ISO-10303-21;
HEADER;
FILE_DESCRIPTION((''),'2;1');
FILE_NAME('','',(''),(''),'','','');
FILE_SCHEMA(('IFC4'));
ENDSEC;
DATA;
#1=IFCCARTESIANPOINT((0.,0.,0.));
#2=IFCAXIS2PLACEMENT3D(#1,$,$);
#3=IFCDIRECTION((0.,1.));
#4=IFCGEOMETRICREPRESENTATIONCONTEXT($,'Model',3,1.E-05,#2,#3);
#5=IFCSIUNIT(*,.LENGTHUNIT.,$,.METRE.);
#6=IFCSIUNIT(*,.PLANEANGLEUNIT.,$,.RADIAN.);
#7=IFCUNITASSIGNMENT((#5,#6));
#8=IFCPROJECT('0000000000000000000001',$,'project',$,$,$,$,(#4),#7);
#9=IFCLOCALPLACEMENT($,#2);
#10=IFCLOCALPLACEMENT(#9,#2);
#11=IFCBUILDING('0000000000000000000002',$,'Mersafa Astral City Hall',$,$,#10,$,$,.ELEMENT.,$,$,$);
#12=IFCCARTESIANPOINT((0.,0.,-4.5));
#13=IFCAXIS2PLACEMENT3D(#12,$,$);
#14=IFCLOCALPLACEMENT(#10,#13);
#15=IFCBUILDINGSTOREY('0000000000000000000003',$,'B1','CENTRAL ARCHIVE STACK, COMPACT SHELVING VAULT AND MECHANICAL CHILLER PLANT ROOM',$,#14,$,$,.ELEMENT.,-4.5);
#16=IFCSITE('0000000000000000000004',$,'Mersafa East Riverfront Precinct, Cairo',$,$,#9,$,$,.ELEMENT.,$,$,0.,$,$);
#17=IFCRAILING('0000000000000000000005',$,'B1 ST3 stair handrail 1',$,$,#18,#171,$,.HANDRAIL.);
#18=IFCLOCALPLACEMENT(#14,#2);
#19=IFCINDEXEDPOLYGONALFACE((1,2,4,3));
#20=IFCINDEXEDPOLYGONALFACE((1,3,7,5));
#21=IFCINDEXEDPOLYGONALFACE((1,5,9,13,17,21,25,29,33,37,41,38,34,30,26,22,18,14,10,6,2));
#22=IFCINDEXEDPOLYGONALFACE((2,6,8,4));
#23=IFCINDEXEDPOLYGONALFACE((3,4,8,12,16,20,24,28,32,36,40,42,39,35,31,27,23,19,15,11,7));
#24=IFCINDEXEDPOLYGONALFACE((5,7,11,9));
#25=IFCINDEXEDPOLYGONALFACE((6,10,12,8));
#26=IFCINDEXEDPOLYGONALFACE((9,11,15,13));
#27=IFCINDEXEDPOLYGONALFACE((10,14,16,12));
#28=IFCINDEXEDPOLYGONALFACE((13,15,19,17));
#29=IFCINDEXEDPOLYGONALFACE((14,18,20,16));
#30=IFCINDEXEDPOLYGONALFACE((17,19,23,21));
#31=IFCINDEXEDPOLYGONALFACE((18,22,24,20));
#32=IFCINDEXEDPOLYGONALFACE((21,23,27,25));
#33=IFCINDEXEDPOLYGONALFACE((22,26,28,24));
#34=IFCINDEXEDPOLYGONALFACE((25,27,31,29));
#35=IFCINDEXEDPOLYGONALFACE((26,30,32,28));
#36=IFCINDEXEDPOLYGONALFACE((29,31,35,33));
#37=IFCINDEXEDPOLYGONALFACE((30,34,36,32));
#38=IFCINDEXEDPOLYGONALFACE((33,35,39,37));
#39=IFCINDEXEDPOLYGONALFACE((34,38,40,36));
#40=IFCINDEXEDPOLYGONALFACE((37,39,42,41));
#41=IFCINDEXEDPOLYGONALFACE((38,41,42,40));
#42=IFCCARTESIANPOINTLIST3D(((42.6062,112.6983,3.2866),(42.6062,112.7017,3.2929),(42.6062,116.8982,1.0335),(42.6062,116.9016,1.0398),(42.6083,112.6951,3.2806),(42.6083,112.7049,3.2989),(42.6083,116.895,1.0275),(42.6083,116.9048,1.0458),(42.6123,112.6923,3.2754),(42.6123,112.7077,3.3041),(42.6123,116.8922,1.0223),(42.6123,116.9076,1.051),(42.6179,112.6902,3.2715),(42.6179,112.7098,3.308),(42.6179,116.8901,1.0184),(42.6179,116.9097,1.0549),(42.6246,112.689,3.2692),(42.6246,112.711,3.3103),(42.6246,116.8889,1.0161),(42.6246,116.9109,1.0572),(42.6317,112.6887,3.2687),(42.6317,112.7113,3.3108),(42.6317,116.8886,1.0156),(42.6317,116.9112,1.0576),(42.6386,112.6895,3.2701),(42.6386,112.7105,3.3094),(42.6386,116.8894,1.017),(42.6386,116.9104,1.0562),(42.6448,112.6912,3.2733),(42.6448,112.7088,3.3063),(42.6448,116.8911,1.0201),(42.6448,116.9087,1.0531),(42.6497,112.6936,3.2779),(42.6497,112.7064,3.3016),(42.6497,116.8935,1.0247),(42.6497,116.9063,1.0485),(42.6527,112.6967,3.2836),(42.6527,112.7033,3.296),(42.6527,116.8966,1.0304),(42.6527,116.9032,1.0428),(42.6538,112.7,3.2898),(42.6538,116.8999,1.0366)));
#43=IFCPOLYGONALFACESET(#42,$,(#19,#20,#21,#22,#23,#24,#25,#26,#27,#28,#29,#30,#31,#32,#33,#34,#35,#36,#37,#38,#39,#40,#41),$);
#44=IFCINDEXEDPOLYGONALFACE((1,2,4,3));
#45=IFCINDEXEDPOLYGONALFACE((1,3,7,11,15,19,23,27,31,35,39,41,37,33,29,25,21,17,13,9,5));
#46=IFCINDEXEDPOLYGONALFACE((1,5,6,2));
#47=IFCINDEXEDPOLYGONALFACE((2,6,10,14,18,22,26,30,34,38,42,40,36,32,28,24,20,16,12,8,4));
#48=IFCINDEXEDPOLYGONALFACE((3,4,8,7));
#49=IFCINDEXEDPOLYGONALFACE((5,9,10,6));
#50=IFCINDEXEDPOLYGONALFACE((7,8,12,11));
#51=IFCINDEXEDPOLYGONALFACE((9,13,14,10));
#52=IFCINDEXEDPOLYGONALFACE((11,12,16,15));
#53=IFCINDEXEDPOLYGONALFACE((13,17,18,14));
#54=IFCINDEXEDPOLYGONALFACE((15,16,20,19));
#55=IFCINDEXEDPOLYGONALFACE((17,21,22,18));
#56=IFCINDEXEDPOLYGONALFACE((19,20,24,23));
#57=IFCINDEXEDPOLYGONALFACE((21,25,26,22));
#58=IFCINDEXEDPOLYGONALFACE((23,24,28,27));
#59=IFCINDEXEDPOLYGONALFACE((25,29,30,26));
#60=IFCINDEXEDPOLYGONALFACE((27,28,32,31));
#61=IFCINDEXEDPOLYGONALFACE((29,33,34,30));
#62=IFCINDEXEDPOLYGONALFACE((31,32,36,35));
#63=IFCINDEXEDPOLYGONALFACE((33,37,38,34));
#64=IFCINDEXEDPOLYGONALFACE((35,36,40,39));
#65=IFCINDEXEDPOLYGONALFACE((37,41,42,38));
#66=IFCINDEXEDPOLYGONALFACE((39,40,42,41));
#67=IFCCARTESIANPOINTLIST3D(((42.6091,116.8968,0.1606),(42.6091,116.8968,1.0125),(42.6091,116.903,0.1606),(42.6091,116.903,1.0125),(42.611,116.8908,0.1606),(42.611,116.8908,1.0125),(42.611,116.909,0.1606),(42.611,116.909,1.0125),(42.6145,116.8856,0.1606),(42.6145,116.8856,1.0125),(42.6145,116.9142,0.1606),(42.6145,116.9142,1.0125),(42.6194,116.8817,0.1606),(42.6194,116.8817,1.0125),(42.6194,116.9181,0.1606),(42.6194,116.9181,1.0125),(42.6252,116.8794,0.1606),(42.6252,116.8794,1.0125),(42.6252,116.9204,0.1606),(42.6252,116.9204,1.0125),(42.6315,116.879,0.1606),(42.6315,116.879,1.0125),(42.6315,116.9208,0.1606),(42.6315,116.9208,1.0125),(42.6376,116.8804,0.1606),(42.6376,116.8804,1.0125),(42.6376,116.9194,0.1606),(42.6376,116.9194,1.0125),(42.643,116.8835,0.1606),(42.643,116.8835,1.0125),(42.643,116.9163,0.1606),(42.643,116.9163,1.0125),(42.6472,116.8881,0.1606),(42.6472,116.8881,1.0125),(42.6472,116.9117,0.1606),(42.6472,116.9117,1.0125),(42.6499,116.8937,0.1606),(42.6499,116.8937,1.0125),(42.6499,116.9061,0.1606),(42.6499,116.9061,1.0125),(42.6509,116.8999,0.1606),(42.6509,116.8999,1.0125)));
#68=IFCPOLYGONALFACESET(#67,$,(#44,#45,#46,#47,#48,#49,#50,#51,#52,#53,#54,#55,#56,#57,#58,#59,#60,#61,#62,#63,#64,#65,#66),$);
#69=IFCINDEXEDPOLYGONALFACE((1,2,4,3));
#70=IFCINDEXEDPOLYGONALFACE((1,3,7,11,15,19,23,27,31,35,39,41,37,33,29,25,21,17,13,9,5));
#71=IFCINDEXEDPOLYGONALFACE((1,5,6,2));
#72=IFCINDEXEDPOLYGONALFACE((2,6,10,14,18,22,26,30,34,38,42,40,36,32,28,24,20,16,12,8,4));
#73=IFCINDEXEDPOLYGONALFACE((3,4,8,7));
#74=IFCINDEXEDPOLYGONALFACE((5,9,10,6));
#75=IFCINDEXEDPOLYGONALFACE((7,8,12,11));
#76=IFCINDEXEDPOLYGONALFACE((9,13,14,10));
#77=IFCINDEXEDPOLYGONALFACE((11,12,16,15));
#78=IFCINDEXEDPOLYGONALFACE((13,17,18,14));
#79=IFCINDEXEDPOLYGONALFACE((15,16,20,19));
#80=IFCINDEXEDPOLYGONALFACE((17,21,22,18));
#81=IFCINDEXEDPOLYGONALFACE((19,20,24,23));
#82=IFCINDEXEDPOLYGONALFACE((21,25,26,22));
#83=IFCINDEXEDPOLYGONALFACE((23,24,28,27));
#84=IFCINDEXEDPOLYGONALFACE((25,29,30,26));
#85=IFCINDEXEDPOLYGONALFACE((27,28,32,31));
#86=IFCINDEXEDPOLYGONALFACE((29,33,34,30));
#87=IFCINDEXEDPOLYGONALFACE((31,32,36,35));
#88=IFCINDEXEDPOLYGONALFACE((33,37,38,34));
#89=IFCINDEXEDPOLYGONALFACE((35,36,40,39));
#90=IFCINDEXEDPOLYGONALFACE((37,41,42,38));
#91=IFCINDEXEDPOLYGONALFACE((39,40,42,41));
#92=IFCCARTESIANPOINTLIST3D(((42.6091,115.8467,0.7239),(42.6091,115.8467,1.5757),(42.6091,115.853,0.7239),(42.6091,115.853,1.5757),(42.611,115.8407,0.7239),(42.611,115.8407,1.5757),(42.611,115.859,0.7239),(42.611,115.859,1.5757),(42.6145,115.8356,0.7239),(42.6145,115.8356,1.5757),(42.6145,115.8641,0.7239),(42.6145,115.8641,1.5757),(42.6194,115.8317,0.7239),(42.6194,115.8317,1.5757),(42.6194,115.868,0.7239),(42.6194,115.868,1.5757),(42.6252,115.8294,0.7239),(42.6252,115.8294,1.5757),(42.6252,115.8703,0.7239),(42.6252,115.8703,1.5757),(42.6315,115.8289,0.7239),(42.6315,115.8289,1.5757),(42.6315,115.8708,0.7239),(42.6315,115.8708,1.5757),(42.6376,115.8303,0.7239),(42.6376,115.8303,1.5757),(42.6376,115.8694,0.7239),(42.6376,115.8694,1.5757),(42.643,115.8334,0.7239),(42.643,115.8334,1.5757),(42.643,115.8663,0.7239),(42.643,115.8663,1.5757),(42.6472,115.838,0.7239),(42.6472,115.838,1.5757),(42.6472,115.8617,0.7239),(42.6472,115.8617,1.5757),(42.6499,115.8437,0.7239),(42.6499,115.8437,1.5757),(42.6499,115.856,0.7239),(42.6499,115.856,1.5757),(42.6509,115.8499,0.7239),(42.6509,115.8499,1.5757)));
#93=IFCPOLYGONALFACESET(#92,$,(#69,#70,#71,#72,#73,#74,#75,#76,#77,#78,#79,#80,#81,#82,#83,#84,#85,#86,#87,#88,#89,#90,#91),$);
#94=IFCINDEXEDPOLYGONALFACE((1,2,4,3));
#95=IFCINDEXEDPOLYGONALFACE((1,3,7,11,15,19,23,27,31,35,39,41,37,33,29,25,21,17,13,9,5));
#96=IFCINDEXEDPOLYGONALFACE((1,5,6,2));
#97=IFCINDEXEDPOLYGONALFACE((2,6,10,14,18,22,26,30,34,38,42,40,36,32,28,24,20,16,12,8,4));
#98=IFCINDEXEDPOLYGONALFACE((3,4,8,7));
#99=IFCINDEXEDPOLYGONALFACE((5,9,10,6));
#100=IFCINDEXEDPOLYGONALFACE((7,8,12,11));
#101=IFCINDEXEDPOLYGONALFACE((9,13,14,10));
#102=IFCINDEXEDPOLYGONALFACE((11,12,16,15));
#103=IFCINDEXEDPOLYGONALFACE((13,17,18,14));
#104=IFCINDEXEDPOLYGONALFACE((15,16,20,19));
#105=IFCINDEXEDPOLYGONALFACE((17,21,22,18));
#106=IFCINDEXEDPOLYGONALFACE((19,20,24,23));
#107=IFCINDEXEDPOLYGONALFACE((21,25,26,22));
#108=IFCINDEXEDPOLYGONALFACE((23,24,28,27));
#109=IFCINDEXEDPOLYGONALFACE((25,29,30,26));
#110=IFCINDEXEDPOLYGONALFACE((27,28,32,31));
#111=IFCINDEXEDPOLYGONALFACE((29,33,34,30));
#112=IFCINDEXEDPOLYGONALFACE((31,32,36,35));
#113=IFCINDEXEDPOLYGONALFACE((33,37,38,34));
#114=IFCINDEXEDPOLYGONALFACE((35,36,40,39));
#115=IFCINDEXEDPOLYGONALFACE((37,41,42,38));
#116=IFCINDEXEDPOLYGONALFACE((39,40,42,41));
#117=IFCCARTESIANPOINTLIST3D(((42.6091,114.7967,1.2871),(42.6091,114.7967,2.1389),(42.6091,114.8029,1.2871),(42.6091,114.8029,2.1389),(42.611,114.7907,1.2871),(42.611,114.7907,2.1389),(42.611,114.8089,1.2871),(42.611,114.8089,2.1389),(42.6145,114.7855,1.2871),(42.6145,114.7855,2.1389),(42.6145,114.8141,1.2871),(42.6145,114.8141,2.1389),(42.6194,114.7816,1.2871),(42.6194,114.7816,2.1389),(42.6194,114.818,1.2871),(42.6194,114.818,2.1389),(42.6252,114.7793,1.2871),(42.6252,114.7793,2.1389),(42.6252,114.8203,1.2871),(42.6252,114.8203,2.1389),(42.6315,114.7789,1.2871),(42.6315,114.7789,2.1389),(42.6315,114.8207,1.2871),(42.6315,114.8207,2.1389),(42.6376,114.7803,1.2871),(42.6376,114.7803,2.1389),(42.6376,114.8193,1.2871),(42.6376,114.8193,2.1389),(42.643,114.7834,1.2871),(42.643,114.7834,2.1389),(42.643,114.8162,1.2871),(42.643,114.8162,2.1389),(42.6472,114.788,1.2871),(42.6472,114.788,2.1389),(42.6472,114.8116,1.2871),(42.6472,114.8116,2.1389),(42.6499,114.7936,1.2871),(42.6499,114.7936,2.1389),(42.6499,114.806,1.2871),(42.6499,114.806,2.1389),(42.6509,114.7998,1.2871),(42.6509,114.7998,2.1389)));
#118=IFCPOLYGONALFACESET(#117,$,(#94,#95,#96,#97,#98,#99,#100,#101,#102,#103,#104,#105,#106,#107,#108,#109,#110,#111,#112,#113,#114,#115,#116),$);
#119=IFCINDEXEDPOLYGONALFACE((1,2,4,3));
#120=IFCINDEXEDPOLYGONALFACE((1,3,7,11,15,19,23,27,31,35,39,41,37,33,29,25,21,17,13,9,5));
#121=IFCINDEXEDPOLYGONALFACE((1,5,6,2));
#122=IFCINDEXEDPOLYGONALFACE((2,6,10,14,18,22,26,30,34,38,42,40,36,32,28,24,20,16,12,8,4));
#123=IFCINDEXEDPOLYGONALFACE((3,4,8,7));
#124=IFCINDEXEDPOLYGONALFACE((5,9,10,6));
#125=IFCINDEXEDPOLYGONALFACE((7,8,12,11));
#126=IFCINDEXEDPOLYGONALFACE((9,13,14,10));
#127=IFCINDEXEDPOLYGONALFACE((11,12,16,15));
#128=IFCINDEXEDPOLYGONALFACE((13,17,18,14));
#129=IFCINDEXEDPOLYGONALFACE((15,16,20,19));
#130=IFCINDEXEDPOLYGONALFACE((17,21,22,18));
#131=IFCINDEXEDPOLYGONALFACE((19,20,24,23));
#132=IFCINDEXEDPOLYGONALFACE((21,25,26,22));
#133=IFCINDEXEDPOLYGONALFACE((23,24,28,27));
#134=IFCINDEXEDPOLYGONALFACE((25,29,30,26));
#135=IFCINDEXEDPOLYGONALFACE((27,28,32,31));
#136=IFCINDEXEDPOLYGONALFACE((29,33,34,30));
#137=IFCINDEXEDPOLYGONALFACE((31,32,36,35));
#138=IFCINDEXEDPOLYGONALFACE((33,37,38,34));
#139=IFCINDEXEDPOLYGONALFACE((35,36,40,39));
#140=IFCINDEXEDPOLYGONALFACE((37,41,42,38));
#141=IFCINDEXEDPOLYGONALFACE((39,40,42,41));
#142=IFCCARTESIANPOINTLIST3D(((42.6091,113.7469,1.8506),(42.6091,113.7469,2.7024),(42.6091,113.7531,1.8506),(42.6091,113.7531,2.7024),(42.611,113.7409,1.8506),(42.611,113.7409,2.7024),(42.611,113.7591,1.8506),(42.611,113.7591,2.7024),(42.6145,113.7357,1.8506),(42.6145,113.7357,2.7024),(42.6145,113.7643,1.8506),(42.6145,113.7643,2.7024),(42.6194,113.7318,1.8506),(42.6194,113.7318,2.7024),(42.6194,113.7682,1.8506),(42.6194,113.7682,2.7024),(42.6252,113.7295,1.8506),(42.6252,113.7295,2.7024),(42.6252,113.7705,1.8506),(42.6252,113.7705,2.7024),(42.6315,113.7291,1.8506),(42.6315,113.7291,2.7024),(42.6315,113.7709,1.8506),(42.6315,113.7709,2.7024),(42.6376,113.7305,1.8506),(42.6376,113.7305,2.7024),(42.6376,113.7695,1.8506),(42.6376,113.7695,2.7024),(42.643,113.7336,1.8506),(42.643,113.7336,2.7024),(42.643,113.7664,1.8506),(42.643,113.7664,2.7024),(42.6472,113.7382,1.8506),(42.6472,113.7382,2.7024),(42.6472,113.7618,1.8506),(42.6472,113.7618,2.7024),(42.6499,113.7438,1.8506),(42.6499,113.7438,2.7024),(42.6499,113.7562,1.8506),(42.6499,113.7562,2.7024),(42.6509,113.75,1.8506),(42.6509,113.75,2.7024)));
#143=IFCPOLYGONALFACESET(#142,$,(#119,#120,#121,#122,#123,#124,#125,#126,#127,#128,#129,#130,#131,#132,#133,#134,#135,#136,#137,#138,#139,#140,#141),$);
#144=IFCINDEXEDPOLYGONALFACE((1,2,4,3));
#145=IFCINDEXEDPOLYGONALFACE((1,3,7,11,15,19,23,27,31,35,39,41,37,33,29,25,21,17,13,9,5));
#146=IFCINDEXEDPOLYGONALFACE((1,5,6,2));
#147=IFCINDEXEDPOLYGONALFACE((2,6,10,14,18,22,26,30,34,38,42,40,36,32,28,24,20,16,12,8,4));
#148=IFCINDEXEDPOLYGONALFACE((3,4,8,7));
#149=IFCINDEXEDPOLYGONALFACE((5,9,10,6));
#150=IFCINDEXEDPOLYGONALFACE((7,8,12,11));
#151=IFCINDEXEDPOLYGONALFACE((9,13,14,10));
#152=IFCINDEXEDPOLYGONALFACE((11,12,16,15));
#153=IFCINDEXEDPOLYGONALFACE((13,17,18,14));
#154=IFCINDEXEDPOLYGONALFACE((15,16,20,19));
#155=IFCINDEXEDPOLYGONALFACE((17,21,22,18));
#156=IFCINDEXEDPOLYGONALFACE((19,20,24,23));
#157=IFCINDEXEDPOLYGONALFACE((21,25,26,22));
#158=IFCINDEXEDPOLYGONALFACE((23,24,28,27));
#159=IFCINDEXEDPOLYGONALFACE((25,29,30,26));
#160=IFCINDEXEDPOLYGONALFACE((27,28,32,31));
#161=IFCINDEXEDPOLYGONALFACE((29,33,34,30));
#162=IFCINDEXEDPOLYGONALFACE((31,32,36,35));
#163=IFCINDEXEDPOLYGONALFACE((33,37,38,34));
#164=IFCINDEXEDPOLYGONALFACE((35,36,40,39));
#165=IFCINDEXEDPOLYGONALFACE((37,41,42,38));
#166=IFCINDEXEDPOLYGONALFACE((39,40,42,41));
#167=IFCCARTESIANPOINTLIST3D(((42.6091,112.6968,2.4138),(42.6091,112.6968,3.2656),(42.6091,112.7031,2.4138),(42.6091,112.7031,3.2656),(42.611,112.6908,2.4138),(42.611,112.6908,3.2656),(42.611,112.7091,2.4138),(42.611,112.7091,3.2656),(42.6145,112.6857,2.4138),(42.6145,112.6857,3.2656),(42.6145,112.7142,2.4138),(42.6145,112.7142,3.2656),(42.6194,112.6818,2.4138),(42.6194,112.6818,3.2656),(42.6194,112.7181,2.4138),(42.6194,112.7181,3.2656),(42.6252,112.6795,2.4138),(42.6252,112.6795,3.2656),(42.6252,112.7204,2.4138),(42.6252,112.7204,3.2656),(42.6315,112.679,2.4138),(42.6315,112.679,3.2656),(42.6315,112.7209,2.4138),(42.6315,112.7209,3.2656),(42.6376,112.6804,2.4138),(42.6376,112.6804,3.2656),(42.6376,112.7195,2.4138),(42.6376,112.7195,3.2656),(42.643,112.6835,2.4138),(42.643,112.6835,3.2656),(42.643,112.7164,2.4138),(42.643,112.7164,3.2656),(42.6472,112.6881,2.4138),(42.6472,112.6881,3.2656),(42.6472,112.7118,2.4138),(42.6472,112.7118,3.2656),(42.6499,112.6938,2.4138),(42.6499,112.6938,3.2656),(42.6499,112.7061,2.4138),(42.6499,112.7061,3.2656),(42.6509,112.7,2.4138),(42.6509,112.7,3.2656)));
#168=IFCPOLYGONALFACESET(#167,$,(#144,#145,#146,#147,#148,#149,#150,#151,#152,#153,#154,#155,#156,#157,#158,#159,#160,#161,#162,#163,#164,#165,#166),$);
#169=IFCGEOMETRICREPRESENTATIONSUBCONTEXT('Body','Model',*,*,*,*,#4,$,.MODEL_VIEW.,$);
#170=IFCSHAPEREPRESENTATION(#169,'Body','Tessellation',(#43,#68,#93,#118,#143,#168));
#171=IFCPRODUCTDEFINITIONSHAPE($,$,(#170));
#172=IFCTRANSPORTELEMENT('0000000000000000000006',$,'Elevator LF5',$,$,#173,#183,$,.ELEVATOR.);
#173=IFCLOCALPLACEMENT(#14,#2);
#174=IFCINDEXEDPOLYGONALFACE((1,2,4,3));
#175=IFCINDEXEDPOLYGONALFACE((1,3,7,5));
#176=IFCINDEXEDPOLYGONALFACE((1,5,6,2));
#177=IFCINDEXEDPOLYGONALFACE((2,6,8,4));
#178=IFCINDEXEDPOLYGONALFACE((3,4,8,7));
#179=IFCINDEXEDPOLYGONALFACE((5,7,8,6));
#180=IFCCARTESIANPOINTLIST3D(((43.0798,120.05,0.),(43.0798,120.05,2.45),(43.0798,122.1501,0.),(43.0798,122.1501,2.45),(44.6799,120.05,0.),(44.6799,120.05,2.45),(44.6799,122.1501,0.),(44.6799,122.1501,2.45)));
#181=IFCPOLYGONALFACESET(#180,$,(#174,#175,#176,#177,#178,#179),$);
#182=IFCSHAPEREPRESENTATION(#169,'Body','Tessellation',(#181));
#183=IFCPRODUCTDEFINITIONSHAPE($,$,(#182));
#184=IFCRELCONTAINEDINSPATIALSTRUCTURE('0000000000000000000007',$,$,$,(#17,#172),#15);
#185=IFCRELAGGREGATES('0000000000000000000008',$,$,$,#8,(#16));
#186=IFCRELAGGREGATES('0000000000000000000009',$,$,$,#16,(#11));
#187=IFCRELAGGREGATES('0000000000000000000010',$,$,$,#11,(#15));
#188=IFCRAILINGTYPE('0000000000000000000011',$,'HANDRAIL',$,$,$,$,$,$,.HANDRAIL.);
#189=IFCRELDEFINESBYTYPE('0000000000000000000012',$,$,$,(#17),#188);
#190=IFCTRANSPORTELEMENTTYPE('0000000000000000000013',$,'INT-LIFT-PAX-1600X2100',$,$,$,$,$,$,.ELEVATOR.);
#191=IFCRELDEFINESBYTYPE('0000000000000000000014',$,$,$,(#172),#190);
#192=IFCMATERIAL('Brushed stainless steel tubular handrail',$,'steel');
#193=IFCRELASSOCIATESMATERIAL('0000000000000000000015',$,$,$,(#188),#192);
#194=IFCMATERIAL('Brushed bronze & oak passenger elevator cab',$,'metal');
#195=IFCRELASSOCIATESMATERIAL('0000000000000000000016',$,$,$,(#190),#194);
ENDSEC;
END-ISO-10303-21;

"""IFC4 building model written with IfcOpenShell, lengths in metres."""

from ifc_helpers import new_model, si_unit, direction, frame, origin, origin_2d, place, context, subcontext, project, spatial, rectangle, circle, extrude, material, type_object, element, save


model = new_model("IFC4")

# Units and contexts
model_context = context("Model", 3, precision=1e-05, world=origin(), true_north=direction((0.0, 1.0)))
body_context = subcontext(model_context, "Body", "Model", "MODEL_VIEW")
ifc_project = project(units=[si_unit("LENGTHUNIT", "METRE"), si_unit("PLANEANGLEUNIT", "RADIAN")], contexts=[model_context])

# Site, building, storey
site_placement = place(None, origin())
site = spatial("IfcSite", under=ifc_project, at=site_placement, Name="Mersafa East Riverfront Precinct, Cairo", CompositionType="ELEMENT", RefElevation=0.0)
building_placement = place(site_placement, origin())
building = spatial("IfcBuilding", under=site, at=building_placement, Name="Mersafa Astral City Hall", CompositionType="ELEMENT")
storey_placement = place(building_placement, frame((0.0, 0.0, -4.5)))
storey = spatial("IfcBuildingStorey", under=building, at=storey_placement, Name="B1", Description="CENTRAL ARCHIVE STACK, COMPACT SHELVING VAULT AND MECHANICAL CHILLER PLANT ROOM", CompositionType="ELEMENT", Elevation=-4.5)

# Railing
ifc_material_1 = material(Name="Brushed stainless steel tubular handrail", Category="steel")
railing_type = type_object("IfcRailingType", Name="HANDRAIL", PredefinedType="HANDRAIL", material=ifc_material_1)
railing_placement = place(storey_placement, frame((42.6299, 116.8999, 0.1606)))
element("IfcRailing", 1, at=railing_placement, inside=storey, type_object=railing_type, Name="B1 ST3 stair handrail 1", PredefinedType="HANDRAIL", context=body_context, shape_type="SweptSolid", body=[
    extrude(circle(Radius=0.0239, at=origin_2d()), frame((0.0, 0.0, 0.876), z_axis=(0.0, -0.8812, 0.472743), x_axis=(1.0, 0.0, 0.0)), (0.0, 0.0, 1.0), 4.7661),
    extrude(circle(Radius=0.021, at=origin_2d()), origin(), (0.0, 0.0, 1.0), 0.8518),
    extrude(circle(Radius=0.021, at=origin_2d()), frame((0.0, -1.05, 0.5632)), (0.0, 0.0, 1.0), 0.8518),
    extrude(circle(Radius=0.021, at=origin_2d()), frame((0.0, -2.1001, 1.1265)), (0.0, 0.0, 1.0), 0.8518),
    extrude(circle(Radius=0.021, at=origin_2d()), frame((0.0, -3.1499, 1.6899)), (0.0, 0.0, 1.0), 0.8518),
    extrude(circle(Radius=0.021, at=origin_2d()), frame((0.0, -4.2, 2.2532)), (0.0, 0.0, 1.0), 0.8518),
])

# Transport element
ifc_material_2 = material(Name="Brushed bronze & oak passenger elevator cab", Category="metal")
transport_element_type = type_object("IfcTransportElementType", Name="INT-LIFT-PAX-1600X2100", PredefinedType="ELEVATOR", material=ifc_material_2)
transport_element_placement = place(storey_placement, frame((43.8799, 121.1001, 0.0), z_axis=(0.0, 0.0, 1.0), x_axis=(1.0, 0.0, 0.0)))
element("IfcTransportElement", 2, at=transport_element_placement, inside=storey, type_object=transport_element_type, Name="Elevator LF5", PredefinedType="ELEVATOR", context=body_context, shape_type="SweptSolid", body=[
    extrude(rectangle(XDim=1.6001, YDim=2.1001, at=origin_2d()), origin(), (0.0, 0.0, 1.0), 2.45),
])

save(model, "model.ifc")
